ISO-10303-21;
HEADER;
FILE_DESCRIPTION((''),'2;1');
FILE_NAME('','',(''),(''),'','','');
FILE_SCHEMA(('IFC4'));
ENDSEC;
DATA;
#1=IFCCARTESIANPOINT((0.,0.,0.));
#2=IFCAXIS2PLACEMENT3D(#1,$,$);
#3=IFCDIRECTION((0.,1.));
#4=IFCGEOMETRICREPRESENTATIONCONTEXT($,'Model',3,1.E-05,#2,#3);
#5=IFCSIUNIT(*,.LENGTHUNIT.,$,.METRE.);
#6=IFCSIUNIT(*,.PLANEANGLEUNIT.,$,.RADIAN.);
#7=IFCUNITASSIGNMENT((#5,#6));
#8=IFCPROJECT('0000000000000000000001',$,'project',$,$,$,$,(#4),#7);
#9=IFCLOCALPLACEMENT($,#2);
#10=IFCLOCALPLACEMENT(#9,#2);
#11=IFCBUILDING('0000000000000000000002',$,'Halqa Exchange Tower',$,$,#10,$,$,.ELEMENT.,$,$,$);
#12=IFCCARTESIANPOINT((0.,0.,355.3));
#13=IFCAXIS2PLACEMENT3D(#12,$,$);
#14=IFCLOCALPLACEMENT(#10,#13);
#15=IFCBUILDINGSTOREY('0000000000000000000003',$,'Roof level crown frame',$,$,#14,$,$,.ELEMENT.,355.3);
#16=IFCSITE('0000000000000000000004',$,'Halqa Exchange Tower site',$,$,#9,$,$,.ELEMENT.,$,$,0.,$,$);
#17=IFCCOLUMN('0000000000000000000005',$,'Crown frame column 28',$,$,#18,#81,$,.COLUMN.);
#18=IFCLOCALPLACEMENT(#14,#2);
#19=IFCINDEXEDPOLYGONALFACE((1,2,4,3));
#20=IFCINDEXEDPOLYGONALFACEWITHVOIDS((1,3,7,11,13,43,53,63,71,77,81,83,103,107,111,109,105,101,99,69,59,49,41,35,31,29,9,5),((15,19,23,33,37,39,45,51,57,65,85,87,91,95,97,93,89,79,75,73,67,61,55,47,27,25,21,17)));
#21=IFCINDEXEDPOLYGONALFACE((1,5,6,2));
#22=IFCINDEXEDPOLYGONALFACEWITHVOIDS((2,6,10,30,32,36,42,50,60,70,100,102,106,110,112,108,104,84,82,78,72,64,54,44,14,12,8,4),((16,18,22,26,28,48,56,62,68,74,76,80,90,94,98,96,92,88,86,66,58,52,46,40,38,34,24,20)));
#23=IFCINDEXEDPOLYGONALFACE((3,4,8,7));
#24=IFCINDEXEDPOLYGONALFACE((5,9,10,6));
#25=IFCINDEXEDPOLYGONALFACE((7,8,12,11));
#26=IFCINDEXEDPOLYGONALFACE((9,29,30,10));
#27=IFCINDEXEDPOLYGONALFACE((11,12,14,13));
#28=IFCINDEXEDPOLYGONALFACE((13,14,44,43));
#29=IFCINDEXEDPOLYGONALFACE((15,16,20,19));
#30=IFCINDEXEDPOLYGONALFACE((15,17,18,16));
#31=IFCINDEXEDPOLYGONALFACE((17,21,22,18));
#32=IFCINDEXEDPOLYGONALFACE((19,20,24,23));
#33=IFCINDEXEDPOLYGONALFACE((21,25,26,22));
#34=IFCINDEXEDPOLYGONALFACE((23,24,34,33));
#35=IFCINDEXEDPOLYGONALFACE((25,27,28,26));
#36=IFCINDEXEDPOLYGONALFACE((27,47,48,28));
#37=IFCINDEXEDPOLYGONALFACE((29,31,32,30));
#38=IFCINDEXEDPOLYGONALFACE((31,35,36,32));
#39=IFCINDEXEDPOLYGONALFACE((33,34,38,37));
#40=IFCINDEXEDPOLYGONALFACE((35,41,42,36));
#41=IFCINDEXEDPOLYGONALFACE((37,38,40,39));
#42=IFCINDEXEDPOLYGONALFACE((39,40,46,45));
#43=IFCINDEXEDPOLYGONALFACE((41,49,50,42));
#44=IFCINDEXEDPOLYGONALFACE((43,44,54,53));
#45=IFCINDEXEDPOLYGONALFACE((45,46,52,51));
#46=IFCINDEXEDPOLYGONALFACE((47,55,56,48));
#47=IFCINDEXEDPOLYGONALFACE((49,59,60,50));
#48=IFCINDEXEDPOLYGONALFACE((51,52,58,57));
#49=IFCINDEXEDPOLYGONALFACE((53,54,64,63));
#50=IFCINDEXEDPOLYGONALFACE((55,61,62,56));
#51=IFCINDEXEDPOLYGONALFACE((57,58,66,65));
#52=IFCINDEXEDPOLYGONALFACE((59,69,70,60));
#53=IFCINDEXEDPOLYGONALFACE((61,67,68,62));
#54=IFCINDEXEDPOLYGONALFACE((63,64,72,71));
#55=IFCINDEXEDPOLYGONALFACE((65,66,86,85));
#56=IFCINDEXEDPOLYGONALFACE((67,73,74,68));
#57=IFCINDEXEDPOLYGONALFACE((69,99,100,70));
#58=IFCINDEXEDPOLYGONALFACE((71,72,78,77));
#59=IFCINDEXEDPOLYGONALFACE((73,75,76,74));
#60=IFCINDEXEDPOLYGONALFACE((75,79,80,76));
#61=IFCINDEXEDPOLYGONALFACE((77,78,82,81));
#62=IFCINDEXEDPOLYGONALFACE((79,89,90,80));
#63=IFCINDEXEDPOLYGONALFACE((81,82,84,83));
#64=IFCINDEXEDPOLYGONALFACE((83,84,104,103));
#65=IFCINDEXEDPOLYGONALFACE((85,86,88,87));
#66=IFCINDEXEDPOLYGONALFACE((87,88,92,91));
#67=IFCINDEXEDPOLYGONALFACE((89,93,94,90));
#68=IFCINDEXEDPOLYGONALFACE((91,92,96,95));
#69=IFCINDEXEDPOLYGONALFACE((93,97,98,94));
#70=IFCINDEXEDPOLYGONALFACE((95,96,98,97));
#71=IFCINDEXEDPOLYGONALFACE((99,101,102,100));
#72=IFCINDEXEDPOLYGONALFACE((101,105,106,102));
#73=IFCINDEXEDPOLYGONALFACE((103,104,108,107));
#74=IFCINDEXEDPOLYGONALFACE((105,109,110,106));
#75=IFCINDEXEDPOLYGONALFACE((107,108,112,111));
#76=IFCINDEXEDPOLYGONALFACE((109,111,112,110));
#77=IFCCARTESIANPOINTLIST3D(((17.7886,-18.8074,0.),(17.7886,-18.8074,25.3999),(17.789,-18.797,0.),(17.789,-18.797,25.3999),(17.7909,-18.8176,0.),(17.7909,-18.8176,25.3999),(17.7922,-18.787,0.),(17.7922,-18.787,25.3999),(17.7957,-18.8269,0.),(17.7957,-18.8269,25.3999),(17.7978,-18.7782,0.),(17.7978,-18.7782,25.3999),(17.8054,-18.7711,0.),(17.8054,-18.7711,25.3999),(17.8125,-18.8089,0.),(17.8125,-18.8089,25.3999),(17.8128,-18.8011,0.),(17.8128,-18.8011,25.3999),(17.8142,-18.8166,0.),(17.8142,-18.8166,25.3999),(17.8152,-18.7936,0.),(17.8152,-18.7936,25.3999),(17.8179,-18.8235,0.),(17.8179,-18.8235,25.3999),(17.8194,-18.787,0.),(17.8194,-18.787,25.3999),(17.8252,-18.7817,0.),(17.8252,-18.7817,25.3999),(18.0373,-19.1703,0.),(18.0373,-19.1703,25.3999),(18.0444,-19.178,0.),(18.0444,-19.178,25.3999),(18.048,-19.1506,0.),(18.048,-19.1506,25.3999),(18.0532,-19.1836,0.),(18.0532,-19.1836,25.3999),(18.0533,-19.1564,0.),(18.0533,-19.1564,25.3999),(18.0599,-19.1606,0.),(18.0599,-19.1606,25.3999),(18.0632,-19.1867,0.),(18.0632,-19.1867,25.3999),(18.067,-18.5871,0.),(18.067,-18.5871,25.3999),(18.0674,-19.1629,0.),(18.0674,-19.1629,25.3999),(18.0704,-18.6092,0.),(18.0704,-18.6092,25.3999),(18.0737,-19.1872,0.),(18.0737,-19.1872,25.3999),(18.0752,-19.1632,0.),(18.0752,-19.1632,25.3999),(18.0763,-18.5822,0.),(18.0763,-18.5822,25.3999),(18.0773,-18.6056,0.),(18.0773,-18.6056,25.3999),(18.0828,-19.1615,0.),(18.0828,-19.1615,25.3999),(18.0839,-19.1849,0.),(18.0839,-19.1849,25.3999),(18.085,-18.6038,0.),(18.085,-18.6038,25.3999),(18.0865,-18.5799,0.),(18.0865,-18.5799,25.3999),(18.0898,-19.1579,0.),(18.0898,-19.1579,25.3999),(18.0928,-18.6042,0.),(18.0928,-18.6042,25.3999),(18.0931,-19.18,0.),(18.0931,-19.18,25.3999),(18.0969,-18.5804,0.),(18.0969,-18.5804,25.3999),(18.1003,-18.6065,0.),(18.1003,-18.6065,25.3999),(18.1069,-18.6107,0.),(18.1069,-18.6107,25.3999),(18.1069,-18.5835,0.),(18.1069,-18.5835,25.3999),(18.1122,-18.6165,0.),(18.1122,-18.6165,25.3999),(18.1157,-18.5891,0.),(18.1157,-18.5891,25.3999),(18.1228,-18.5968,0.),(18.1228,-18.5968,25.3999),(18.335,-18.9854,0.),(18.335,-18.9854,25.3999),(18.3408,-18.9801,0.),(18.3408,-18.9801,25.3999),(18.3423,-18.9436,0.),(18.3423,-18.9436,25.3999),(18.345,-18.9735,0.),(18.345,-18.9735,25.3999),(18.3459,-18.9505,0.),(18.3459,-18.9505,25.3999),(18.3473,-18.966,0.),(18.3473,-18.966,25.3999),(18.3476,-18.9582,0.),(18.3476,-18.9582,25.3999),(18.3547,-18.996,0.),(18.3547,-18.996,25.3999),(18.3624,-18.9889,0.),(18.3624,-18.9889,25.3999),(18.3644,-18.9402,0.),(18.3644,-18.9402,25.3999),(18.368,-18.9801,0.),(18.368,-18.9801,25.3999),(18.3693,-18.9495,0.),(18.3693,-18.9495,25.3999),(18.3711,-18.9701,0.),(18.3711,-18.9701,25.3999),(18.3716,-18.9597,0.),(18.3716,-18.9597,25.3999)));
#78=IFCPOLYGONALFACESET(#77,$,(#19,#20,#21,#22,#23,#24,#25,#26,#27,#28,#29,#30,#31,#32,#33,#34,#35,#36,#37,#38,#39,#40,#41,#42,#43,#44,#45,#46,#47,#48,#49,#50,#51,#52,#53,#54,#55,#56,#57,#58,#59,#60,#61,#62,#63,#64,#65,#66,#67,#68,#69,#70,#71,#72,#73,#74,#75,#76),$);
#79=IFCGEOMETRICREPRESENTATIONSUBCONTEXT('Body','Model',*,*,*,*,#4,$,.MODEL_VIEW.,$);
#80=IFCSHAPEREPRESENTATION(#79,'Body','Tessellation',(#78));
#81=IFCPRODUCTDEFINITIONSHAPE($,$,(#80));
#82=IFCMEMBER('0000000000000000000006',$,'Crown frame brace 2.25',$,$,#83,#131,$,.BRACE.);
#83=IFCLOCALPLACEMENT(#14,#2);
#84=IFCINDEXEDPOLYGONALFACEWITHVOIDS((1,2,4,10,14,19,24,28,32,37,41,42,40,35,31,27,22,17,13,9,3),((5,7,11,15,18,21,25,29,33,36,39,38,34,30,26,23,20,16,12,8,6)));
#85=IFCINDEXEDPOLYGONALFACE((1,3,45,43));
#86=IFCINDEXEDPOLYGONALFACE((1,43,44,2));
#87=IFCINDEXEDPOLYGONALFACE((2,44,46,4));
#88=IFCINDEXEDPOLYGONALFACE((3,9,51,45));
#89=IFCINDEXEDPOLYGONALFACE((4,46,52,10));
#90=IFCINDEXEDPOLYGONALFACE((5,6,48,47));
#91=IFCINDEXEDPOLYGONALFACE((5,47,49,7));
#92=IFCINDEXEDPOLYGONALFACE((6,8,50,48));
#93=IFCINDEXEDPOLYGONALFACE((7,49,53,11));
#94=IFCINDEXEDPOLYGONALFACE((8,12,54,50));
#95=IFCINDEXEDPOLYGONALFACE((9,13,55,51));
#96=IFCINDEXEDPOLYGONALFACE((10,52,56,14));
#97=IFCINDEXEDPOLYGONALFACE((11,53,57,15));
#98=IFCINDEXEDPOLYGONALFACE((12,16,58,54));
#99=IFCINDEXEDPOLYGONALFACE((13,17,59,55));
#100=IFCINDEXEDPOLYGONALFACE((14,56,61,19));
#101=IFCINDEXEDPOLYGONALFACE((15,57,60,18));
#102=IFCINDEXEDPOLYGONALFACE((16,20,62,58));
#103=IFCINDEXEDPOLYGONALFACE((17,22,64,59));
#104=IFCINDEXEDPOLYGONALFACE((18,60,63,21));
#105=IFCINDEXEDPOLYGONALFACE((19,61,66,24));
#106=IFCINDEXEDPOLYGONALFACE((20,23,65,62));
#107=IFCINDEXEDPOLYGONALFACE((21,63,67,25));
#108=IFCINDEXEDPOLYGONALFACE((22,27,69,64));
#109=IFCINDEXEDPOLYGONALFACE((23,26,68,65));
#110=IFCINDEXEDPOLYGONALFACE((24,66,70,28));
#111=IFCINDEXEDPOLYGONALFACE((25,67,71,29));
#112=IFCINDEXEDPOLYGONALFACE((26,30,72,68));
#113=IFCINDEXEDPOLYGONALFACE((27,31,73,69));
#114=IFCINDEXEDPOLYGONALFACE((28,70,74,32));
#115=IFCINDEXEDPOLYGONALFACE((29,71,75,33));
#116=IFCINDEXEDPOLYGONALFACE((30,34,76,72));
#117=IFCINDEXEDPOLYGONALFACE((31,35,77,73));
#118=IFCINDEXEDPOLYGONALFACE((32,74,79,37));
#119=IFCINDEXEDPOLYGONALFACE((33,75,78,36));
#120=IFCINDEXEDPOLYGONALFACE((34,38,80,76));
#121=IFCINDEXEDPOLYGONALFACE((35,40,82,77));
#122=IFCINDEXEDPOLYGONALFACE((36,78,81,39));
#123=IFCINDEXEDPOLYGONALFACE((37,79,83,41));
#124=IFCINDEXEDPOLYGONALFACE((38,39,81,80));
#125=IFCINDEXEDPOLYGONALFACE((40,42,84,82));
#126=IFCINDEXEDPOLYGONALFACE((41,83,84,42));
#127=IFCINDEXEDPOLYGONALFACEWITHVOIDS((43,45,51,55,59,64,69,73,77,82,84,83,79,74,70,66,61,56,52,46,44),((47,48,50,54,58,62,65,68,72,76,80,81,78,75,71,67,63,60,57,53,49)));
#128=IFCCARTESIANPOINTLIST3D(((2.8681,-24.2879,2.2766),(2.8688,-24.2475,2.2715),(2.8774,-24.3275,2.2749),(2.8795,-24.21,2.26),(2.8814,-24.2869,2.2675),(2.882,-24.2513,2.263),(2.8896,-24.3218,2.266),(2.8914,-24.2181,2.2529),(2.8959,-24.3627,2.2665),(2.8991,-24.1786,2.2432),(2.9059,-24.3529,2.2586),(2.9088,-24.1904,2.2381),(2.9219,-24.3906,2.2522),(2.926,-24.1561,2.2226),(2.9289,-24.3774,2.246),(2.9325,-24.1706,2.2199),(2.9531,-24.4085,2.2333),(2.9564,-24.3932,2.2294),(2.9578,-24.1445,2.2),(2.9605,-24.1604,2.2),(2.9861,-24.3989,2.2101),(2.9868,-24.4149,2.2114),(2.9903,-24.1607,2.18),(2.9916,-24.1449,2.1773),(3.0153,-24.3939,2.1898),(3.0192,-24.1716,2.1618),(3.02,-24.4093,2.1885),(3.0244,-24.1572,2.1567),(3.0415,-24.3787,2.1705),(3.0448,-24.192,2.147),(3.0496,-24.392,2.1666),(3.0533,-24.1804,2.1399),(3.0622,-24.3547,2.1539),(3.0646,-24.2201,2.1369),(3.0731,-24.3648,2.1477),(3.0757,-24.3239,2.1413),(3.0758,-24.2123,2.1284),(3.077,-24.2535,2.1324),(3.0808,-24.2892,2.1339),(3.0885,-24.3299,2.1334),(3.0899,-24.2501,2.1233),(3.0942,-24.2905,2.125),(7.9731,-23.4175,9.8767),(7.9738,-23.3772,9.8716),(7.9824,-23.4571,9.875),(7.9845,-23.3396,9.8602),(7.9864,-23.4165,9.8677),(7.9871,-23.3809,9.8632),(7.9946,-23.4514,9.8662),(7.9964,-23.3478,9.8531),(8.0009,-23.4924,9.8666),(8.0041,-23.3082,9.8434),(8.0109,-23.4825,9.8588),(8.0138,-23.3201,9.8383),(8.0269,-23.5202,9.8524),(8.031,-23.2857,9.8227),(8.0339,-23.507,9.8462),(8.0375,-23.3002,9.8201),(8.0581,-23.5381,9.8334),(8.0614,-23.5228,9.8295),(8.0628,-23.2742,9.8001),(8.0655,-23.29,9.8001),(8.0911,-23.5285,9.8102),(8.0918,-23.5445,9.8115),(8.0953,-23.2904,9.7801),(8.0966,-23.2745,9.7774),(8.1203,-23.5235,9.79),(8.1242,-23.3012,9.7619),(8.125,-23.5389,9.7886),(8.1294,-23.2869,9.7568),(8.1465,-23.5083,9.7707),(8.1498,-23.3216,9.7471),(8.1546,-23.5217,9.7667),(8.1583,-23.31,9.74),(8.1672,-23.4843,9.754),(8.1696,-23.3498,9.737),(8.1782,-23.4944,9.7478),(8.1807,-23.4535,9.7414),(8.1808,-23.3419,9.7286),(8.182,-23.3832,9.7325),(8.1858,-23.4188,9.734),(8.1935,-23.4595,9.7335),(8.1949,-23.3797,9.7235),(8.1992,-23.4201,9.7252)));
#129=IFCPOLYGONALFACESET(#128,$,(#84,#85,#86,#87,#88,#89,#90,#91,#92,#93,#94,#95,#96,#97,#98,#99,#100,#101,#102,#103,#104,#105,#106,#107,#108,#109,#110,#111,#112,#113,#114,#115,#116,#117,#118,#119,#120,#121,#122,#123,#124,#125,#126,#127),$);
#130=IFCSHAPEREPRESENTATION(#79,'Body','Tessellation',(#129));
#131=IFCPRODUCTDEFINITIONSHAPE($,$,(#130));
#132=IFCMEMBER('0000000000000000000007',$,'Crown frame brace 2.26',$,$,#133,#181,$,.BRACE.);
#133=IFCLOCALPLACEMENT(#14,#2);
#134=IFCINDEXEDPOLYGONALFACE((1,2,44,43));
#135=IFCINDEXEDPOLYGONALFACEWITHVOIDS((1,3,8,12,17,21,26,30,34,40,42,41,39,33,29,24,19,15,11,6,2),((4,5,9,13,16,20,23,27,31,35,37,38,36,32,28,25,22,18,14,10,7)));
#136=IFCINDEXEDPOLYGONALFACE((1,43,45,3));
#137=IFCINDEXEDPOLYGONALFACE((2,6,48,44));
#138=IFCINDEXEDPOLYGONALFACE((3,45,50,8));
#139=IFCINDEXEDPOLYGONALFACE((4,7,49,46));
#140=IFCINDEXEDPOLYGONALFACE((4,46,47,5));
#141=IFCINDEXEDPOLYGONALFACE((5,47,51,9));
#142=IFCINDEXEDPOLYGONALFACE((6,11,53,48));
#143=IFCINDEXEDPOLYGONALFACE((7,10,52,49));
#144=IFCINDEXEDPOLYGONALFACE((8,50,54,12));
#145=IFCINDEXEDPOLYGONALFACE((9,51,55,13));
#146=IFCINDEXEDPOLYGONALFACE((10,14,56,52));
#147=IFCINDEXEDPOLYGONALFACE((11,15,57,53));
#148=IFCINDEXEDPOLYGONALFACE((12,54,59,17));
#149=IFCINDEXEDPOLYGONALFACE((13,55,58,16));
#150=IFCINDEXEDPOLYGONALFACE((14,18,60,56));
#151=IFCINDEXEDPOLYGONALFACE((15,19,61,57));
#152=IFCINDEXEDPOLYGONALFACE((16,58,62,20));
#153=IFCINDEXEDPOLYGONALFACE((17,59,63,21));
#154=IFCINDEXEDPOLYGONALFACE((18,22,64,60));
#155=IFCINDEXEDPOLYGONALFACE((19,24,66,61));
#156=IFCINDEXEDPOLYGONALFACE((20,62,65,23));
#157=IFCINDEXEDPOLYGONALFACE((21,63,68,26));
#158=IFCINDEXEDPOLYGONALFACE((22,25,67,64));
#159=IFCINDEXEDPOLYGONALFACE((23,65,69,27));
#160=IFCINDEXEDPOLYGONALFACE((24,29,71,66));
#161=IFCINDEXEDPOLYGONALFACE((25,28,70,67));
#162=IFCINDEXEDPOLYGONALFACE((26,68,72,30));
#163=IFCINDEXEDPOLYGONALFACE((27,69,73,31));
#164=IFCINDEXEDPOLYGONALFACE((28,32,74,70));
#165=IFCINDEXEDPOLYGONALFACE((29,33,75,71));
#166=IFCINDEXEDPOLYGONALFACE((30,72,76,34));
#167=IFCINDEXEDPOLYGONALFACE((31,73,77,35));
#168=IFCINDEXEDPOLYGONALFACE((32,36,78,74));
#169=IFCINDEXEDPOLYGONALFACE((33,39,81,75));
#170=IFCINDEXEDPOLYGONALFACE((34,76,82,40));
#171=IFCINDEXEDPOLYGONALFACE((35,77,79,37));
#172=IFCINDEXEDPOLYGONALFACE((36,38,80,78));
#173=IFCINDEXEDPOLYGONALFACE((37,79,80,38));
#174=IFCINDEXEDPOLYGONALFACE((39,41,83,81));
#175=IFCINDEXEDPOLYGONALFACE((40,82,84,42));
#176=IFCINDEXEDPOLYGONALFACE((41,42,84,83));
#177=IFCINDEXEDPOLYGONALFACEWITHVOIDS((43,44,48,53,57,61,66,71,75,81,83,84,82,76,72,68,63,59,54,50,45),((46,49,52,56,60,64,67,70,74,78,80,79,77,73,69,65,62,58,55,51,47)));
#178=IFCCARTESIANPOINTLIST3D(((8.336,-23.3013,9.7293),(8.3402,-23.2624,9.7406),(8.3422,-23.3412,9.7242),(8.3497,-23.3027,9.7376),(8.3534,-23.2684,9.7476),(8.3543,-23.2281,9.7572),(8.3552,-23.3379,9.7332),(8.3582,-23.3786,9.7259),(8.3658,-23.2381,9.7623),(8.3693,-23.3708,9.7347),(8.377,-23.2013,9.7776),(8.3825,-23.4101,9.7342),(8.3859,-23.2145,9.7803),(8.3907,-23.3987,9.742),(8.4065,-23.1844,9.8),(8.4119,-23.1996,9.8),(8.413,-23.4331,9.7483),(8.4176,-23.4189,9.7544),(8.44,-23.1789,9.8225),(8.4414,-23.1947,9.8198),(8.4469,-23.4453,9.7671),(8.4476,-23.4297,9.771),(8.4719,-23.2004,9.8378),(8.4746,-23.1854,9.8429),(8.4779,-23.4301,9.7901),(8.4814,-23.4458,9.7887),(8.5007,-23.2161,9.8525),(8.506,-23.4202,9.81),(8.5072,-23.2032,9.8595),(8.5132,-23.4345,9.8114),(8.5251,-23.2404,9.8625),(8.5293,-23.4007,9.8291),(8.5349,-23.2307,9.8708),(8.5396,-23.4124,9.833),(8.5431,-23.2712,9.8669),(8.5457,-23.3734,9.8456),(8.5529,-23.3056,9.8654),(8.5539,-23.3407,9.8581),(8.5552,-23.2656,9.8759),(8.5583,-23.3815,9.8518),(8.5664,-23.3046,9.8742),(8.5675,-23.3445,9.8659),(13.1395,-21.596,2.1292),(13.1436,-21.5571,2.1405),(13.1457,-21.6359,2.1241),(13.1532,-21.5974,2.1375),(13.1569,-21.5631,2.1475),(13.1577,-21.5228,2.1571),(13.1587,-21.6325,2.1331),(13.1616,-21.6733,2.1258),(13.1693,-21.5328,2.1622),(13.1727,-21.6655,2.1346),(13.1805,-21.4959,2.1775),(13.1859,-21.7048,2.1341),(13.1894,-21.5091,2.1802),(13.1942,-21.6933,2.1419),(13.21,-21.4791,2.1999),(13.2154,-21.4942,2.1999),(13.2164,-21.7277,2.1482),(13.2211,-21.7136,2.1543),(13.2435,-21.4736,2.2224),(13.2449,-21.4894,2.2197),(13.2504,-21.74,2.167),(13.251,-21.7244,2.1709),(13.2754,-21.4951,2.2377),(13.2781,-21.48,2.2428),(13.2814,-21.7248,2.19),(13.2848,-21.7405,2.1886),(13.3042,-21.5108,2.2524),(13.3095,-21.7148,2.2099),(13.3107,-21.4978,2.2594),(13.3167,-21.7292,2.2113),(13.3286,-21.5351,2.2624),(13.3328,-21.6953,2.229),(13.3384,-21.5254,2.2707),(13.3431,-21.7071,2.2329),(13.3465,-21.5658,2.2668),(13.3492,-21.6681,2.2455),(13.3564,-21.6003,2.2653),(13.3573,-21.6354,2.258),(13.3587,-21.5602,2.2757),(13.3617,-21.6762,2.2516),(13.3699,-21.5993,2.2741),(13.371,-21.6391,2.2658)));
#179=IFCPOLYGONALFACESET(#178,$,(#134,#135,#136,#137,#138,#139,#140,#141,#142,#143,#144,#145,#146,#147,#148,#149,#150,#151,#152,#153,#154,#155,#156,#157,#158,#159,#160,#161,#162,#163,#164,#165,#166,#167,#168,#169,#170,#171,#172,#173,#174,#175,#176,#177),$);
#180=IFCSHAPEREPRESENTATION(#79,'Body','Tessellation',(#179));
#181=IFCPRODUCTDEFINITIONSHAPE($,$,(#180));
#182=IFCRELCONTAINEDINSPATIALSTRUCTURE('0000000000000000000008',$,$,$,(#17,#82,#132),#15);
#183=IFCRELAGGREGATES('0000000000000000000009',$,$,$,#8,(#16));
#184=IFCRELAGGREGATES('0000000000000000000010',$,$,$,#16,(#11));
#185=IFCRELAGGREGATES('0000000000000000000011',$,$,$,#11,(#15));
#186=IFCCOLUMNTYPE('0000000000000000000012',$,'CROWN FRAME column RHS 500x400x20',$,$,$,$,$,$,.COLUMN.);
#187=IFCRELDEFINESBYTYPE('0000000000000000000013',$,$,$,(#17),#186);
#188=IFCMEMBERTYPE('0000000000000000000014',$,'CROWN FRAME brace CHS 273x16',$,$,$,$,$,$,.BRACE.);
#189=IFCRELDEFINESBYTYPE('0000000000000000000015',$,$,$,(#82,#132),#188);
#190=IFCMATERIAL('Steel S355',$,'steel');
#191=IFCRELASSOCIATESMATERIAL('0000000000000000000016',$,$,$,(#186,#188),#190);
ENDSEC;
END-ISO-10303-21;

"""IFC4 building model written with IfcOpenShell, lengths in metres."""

from ifc_helpers import new_model, si_unit, direction, frame, origin, origin_2d, place, context, subcontext, project, spatial, hollow_rectangle, hollow_circle, extrude, material, material_profile, profile_set, type_object, element, save


model = new_model("IFC4")

# Units and contexts
model_context = context("Model", 3, precision=1e-05, world=origin(), true_north=direction((0.0, 1.0)))
body_context = subcontext(model_context, "Body", "Model", "MODEL_VIEW")
ifc_project = project(units=[si_unit("LENGTHUNIT", "METRE"), si_unit("PLANEANGLEUNIT", "RADIAN")], contexts=[model_context])

# Site, building, storey
site_placement = place(None, origin())
site = spatial("IfcSite", under=ifc_project, at=site_placement, Name="Halqa Exchange Tower site", CompositionType="ELEMENT", RefElevation=0.0)
building_placement = place(site_placement, origin())
building = spatial("IfcBuilding", under=site, at=building_placement, Name="Halqa Exchange Tower", CompositionType="ELEMENT")
storey_placement = place(building_placement, frame((0.0, 0.0, 355.3)))
storey = spatial("IfcBuildingStorey", under=building, at=storey_placement, Name="Roof level crown frame", CompositionType="ELEMENT", Elevation=355.3)

# Column
ifc_material_1 = material(Name="Steel S355", Category="steel")
ifc_material_profile_1 = material_profile(ifc_material_1, hollow_rectangle(XDim=0.3999, YDim=0.5, WallThickness=0.02, InnerFilletRadius=0.03, OuterFilletRadius=0.04, at=origin_2d()), Name="RHS 500x400x20")
ifc_profile_set_1 = profile_set([ifc_material_profile_1], Name="Steel S355")
column_type = type_object("IfcColumnType", Name="CROWN FRAME column RHS 500x400x20", PredefinedType="COLUMN", material=ifc_profile_set_1)
for number, where, z_axis, x_axis, name in (
    (1, (18.0801, -18.8835, 0.0), (0.0, 0.0, 1.0), (0.817907, 0.575351, 0.0), "Crown frame column 28"),
):
    element("IfcColumn", number, at=place(storey_placement, frame(where, z_axis=z_axis, x_axis=x_axis)), inside=storey, type_object=column_type, Name=name, PredefinedType="COLUMN", context=body_context, shape_type="SweptSolid", body=[
        extrude(hollow_rectangle(XDim=0.3999, YDim=0.5, WallThickness=0.02, InnerFilletRadius=0.03, OuterFilletRadius=0.04, at=origin_2d()), origin(), (0.0, 0.0, 1.0), 25.3999),
    ])

# Members
ifc_material_profile_2 = material_profile(ifc_material_1, hollow_circle(Radius=0.1365, WallThickness=0.0161, at=origin_2d()), Name="CHS 273x16")
ifc_profile_set_2 = profile_set([ifc_material_profile_2], Name="Steel S355")
member_type = type_object("IfcMemberType", Name="CROWN FRAME brace CHS 273x16", PredefinedType="BRACE", material=ifc_profile_set_2)
member_1_placement = place(storey_placement, frame((2.9807, -24.2791, 2.2), z_axis=(0.555086, 0.094638, 0.826391), x_axis=(-0.168067, 0.985776, 0.0)))
element("IfcMember", 2, at=member_1_placement, inside=storey, type_object=member_type, Name="Crown frame brace 2.25", PredefinedType="BRACE", context=body_context, shape_type="SweptSolid", body=[
    extrude(hollow_circle(Radius=0.1365, WallThickness=0.0161, at=origin_2d()), origin(), (0.0, 0.0, 1.0), 9.1968),
])
member_2_placement = place(storey_placement, frame((8.4521, -23.313, 9.8), z_axis=(0.524905, 0.186351, -0.830511), x_axis=(-0.334561, 0.942374, 0.0)))
element("IfcMember", 3, at=member_2_placement, inside=storey, type_object=member_type, Name="Crown frame brace 2.26", PredefinedType="BRACE", context=body_context, shape_type="SweptSolid", body=[
    extrude(hollow_circle(Radius=0.1365, WallThickness=0.0161, at=origin_2d()), origin(), (0.0, 0.0, 1.0), 9.1511),
])

save(model, "model.ifc")
